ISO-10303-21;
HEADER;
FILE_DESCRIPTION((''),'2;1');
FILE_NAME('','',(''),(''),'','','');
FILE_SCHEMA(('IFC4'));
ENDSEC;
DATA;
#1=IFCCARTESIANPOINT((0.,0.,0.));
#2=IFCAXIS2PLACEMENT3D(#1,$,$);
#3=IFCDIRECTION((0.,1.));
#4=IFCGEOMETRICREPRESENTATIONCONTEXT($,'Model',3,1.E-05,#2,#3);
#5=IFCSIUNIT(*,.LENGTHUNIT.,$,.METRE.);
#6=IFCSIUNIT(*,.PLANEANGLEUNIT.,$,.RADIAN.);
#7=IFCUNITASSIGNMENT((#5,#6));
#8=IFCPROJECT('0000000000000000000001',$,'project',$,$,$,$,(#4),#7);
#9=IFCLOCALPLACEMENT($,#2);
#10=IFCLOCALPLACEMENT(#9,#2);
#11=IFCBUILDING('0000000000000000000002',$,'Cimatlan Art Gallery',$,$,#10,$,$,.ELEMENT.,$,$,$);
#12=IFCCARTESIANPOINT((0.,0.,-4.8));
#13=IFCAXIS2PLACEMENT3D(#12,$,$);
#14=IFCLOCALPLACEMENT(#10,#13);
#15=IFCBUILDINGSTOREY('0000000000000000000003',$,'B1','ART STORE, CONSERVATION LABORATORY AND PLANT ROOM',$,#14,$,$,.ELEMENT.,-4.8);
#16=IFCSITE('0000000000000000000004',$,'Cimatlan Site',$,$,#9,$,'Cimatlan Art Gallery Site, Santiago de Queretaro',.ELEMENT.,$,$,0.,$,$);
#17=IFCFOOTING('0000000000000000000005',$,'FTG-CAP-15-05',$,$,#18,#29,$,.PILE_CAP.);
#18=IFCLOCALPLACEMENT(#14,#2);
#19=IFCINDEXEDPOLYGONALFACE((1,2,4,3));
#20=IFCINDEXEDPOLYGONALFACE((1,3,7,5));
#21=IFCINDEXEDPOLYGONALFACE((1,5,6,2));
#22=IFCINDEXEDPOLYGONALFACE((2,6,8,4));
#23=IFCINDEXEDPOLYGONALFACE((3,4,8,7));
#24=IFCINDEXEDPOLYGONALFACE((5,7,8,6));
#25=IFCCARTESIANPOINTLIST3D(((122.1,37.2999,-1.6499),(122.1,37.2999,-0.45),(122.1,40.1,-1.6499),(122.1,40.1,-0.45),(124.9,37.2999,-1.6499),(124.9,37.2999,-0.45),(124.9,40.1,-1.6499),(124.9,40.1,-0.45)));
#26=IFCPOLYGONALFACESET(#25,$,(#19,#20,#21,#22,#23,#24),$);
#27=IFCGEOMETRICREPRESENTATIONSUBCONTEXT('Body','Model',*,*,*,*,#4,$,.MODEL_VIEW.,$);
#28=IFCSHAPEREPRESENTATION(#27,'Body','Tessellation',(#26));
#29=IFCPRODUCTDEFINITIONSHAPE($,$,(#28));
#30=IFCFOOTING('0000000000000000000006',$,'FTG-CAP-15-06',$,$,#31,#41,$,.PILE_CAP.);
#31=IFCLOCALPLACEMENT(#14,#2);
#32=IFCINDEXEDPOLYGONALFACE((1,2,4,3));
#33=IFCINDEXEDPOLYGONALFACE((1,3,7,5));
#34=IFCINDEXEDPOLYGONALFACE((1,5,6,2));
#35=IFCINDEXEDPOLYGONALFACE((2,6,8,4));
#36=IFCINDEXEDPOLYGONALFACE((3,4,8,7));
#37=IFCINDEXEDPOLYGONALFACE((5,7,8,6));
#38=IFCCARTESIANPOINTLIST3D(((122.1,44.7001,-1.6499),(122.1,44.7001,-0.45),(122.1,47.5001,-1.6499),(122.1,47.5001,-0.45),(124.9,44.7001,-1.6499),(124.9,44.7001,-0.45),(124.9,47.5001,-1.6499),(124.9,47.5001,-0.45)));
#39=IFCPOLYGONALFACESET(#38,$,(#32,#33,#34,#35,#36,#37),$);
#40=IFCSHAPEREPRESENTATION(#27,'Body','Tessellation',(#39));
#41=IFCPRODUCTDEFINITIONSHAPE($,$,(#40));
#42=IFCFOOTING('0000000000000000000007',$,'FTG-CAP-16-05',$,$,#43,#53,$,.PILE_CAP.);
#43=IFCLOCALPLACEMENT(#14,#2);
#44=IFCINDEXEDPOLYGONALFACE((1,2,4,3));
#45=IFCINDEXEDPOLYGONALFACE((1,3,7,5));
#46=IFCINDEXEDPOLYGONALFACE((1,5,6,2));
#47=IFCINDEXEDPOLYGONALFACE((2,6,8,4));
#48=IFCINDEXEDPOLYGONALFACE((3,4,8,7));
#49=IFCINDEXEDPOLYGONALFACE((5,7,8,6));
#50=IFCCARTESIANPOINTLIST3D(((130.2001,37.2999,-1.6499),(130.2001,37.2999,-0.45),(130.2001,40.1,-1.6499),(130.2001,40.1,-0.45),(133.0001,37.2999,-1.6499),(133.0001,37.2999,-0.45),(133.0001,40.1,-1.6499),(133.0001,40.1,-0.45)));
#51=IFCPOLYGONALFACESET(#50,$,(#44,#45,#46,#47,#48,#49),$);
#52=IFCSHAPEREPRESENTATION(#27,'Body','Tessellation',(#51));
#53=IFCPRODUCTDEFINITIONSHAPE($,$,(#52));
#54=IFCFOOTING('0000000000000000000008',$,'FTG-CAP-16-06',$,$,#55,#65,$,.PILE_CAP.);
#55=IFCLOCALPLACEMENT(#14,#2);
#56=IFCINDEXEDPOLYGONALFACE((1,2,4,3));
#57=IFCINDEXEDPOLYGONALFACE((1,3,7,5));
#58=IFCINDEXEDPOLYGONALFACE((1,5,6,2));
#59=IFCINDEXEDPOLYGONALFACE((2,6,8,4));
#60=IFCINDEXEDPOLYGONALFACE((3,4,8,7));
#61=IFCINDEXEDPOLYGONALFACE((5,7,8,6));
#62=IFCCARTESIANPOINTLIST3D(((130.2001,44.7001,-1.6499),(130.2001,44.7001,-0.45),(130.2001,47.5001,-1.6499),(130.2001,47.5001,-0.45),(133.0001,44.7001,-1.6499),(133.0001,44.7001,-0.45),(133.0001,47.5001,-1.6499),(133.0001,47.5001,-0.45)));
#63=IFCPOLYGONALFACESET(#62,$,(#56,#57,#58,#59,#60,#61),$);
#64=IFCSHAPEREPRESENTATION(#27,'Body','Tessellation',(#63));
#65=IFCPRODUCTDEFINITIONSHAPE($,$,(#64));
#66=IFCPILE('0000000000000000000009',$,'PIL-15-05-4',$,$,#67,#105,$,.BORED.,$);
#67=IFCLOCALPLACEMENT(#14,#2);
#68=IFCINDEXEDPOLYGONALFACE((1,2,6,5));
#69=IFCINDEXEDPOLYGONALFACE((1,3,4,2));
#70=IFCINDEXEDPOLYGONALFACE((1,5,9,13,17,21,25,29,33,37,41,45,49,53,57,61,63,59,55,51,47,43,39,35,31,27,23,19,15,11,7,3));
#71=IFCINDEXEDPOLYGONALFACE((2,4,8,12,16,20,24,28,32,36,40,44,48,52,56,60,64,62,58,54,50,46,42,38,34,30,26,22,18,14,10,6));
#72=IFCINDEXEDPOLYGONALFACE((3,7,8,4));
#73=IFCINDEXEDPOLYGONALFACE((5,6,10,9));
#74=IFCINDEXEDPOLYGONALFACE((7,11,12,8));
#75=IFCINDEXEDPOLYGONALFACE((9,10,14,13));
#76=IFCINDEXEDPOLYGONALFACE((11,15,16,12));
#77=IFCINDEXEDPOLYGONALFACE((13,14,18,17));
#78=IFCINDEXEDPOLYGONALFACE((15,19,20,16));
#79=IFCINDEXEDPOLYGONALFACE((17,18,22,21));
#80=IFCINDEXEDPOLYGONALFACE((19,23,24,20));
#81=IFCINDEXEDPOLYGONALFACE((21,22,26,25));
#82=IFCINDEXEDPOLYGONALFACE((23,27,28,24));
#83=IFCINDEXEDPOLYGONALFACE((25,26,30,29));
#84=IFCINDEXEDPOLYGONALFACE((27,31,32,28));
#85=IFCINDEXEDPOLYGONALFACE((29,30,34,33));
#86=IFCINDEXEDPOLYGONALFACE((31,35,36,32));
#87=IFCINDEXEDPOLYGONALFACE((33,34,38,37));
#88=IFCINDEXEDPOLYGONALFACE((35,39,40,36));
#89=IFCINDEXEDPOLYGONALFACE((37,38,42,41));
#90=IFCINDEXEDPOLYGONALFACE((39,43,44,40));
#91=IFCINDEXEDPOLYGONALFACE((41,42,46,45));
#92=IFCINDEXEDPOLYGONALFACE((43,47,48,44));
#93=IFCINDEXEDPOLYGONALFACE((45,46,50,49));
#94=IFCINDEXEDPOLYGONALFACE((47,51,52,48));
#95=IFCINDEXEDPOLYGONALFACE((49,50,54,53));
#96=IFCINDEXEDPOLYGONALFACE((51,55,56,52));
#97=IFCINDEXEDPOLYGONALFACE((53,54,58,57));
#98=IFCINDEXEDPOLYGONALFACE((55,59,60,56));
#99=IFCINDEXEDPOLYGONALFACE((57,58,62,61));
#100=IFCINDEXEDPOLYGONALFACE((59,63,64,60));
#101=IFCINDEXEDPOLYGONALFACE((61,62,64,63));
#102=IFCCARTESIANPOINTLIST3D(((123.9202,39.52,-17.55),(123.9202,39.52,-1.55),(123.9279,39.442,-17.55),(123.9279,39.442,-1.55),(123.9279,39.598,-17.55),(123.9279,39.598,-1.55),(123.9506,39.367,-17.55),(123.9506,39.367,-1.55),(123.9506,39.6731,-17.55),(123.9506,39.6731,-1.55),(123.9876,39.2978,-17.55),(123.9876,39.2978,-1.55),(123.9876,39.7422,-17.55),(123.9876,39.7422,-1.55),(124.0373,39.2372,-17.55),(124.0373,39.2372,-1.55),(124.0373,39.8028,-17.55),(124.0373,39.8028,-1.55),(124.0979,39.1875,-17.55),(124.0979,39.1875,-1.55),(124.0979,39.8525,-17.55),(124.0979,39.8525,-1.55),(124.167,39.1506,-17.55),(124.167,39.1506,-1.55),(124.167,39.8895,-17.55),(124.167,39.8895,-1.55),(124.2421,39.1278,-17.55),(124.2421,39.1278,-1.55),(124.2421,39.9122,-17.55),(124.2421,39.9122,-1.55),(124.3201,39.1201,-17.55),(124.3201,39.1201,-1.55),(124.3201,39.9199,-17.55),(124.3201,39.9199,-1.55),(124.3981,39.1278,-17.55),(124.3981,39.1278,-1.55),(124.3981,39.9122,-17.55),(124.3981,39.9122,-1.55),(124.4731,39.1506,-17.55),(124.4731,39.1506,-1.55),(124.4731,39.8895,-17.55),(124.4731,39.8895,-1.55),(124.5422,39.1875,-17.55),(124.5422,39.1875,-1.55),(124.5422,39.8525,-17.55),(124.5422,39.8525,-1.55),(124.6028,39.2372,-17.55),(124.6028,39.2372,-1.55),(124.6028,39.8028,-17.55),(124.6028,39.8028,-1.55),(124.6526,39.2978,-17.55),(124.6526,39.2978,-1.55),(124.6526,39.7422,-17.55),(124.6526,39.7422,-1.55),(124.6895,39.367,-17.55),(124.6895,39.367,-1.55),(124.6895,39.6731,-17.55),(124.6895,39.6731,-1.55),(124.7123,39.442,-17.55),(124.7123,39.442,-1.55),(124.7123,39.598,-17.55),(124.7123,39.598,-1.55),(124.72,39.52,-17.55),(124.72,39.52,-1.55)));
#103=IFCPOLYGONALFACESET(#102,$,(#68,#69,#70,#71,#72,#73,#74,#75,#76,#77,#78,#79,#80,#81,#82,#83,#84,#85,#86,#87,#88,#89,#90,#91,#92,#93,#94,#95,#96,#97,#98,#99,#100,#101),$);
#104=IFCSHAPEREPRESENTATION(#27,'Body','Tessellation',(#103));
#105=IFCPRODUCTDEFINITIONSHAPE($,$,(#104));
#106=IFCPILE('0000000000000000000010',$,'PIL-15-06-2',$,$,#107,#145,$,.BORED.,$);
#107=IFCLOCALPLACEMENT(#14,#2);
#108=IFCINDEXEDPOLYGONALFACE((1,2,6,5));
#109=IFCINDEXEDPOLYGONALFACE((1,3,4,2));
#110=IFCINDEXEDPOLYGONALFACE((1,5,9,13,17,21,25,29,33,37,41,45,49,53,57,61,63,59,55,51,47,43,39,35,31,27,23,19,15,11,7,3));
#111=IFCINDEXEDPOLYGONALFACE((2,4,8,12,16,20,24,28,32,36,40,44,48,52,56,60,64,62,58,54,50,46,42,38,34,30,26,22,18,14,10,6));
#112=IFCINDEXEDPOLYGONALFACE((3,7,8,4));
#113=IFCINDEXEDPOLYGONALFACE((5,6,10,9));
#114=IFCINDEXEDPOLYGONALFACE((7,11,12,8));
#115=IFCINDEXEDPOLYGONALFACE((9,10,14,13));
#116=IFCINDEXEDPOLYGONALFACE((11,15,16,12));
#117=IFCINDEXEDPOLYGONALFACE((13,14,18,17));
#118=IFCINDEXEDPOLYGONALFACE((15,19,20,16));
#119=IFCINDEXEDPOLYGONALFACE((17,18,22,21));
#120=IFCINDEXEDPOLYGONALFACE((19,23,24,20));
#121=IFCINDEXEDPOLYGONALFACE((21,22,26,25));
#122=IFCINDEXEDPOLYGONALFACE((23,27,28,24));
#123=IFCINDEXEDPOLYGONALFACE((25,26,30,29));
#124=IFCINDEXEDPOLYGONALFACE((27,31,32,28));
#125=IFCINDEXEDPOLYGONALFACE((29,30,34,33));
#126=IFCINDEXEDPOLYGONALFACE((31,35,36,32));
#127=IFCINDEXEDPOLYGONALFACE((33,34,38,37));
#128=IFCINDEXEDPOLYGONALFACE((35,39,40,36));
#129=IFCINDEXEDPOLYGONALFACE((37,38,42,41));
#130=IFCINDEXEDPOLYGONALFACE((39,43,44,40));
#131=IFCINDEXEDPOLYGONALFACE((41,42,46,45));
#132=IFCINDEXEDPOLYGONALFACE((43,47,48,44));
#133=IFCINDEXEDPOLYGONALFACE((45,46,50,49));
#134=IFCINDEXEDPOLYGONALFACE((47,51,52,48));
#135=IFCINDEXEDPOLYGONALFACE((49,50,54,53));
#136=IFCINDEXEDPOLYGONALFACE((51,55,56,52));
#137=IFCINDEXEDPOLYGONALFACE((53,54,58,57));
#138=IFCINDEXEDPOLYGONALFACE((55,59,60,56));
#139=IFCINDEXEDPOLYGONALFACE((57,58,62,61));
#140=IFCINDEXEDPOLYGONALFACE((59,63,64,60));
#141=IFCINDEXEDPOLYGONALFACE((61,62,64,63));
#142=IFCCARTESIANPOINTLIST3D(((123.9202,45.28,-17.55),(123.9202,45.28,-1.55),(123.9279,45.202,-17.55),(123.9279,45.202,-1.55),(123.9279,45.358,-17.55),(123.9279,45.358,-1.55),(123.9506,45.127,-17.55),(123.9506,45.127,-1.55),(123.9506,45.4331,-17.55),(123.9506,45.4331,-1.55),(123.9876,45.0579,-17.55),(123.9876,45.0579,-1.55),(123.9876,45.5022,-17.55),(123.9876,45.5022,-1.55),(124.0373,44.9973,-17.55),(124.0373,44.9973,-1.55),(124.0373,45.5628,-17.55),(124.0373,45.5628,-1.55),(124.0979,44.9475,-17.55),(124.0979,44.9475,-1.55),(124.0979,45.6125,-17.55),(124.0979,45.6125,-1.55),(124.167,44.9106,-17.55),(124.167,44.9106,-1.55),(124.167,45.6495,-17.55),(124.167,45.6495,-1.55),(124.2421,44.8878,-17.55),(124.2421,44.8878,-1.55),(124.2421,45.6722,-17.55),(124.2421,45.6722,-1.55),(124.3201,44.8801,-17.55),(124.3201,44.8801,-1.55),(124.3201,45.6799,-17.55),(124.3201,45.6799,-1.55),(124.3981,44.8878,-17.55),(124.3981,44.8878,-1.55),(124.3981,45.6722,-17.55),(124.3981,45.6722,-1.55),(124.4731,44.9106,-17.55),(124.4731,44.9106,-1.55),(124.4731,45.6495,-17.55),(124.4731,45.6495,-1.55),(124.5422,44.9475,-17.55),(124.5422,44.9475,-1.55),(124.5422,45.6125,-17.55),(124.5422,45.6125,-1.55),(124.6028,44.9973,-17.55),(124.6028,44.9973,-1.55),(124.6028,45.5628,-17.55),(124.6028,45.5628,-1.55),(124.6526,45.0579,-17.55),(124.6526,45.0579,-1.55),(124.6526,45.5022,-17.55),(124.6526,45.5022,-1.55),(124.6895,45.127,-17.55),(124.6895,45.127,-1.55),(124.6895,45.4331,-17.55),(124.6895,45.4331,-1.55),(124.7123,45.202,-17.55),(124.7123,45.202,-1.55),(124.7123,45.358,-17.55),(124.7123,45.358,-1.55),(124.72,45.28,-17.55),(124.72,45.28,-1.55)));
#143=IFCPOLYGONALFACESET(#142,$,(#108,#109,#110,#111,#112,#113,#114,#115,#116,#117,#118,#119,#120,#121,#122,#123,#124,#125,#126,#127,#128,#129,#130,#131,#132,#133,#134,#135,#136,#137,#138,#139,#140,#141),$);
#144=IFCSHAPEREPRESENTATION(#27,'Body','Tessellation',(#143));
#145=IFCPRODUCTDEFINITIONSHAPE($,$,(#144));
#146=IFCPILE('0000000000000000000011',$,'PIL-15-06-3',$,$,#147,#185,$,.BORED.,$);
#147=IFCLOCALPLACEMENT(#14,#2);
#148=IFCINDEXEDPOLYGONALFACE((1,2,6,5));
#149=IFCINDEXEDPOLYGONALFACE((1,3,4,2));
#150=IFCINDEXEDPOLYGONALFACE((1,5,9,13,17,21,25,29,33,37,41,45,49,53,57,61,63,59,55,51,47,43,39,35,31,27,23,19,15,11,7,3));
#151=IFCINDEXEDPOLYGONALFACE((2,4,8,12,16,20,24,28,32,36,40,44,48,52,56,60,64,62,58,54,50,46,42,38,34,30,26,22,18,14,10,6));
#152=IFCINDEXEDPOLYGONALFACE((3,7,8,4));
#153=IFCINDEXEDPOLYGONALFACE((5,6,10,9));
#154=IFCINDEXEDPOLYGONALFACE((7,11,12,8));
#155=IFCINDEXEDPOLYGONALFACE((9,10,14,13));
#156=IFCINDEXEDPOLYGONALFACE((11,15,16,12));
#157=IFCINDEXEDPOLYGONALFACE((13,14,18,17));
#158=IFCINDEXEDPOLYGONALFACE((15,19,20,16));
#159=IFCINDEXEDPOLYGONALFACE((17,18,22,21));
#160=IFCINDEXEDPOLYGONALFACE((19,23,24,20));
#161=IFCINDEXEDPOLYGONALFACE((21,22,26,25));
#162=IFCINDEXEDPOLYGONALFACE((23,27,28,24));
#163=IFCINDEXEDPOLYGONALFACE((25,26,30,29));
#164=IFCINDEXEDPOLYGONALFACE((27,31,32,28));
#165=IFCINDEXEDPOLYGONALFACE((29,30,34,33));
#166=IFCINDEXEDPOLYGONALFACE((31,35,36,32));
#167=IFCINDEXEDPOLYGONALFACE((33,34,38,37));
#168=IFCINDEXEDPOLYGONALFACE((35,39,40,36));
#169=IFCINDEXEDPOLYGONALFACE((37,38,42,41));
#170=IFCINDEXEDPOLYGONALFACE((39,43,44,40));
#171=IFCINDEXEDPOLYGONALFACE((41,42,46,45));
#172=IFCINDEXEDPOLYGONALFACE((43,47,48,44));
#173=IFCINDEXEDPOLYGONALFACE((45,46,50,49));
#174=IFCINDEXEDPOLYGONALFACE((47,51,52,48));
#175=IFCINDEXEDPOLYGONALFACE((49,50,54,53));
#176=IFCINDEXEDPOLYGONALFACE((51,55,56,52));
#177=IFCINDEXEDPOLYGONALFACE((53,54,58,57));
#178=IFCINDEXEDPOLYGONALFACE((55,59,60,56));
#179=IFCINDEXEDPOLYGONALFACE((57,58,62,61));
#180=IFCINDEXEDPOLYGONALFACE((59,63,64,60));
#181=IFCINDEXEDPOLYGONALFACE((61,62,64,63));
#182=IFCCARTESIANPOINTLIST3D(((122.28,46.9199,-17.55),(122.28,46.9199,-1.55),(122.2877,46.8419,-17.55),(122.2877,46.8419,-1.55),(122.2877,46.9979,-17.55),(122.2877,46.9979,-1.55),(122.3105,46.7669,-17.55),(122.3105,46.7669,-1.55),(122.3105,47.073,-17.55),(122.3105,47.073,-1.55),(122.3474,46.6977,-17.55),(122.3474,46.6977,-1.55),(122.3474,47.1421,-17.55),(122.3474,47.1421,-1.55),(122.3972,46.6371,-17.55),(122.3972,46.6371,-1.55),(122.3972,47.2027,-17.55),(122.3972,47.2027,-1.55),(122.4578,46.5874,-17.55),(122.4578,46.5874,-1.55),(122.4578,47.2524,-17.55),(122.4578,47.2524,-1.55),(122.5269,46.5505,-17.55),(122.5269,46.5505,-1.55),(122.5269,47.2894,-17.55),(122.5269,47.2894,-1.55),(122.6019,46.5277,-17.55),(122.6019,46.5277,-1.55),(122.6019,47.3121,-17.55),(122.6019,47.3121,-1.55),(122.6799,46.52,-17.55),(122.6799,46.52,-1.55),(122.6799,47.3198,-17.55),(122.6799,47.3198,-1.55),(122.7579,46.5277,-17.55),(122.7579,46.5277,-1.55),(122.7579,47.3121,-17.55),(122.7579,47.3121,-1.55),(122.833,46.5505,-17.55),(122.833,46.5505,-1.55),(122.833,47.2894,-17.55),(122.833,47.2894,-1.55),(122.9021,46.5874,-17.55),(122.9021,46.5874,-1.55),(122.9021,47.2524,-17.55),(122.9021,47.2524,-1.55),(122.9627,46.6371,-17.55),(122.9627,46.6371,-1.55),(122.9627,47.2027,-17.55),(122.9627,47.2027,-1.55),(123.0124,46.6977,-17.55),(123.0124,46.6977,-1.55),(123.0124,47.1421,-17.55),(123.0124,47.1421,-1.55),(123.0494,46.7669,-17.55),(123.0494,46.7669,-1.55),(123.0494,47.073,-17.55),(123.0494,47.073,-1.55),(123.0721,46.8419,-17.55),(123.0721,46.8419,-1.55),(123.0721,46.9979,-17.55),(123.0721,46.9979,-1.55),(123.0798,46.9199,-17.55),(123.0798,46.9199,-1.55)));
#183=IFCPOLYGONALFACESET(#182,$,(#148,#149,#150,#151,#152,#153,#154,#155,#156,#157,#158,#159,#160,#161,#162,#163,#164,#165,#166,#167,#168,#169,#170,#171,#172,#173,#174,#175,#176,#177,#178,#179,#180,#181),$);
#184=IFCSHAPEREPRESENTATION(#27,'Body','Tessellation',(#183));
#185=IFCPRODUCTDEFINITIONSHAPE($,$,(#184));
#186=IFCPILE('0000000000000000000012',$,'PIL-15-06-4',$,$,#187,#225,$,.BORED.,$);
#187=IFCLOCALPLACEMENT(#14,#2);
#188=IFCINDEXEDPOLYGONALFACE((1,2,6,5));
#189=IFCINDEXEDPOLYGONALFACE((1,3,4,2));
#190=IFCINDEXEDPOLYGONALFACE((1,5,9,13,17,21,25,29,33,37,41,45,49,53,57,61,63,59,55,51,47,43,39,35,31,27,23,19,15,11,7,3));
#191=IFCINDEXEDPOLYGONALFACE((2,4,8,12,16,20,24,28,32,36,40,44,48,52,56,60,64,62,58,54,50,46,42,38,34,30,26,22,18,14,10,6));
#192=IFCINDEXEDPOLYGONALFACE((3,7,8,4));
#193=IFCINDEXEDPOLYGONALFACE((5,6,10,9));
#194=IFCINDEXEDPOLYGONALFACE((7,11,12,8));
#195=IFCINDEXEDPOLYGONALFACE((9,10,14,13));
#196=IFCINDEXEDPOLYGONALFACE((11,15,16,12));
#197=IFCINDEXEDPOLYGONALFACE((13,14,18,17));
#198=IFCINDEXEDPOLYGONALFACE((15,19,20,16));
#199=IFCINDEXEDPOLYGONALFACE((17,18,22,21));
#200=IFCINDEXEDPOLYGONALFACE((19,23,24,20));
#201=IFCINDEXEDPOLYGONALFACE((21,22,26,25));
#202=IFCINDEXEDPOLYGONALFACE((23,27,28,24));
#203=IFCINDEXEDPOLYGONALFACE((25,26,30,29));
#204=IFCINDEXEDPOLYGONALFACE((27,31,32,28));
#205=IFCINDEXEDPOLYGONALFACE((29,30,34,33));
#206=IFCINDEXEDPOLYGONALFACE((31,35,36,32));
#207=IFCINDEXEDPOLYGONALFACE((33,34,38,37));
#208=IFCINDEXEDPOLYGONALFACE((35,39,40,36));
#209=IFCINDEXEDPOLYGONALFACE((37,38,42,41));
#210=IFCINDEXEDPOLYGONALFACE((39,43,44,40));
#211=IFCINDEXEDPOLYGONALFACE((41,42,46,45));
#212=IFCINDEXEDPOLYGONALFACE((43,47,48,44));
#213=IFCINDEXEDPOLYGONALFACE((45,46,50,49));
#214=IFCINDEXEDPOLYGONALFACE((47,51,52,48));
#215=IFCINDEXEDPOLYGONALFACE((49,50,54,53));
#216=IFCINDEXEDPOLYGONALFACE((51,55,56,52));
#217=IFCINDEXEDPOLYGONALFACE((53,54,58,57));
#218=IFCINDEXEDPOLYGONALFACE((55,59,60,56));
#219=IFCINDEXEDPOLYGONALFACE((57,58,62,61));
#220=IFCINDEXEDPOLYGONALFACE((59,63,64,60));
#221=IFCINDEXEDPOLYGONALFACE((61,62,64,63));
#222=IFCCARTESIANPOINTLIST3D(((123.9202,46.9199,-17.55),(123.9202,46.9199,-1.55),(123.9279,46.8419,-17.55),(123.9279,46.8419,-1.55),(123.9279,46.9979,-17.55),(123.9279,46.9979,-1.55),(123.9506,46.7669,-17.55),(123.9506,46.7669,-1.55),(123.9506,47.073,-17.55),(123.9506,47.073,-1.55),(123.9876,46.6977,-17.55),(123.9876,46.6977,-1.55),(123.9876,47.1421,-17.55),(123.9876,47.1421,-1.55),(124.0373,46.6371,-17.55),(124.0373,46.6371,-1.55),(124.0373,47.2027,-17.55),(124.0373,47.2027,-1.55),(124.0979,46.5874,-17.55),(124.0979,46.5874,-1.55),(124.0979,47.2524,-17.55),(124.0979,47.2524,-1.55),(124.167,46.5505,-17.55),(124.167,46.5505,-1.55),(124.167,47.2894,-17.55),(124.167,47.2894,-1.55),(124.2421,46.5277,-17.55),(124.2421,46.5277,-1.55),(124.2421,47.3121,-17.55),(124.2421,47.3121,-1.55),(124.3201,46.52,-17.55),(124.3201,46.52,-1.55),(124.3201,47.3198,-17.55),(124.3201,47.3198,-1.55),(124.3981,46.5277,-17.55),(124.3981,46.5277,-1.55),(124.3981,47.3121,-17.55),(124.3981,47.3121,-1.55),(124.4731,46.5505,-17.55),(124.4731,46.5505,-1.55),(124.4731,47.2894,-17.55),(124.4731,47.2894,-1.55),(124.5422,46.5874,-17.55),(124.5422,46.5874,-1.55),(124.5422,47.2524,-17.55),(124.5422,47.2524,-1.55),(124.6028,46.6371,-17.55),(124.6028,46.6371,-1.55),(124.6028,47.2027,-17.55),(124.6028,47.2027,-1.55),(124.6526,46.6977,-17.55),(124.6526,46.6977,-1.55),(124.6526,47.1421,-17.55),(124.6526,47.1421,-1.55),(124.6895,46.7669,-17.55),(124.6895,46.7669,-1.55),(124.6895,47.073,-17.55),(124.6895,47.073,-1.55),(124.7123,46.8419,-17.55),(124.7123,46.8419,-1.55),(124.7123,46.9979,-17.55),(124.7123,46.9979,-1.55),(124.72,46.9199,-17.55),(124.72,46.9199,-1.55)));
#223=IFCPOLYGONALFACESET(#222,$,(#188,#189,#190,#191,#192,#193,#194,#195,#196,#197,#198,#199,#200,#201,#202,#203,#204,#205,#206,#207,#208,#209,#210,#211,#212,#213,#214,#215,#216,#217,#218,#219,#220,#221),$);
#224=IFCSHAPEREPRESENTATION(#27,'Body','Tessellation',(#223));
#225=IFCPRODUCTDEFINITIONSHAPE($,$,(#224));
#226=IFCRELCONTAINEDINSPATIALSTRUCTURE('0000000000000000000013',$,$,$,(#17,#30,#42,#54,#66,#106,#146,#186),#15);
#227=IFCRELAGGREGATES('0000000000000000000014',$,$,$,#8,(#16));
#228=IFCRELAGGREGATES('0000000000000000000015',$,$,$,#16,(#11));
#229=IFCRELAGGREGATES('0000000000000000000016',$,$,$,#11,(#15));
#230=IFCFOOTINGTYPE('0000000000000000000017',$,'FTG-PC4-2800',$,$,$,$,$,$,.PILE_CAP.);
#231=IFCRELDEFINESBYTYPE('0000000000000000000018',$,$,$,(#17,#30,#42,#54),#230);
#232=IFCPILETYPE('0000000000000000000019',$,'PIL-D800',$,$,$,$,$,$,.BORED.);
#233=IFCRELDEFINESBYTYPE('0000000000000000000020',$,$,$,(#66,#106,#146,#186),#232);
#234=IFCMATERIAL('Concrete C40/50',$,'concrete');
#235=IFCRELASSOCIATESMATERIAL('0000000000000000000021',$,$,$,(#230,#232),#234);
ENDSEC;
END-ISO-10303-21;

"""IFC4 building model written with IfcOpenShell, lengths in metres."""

from ifc_helpers import new_model, si_unit, direction, frame, origin, origin_2d, place, context, subcontext, project, spatial, rectangle, circle, extrude, material, type_object, element, save


model = new_model("IFC4")

# Units and contexts
model_context = context("Model", 3, precision=1e-05, world=origin(), true_north=direction((0.0, 1.0)))
body_context = subcontext(model_context, "Body", "Model", "MODEL_VIEW")
ifc_project = project(units=[si_unit("LENGTHUNIT", "METRE"), si_unit("PLANEANGLEUNIT", "RADIAN")], contexts=[model_context])

# Site, building, storey
site_placement = place(None, origin())
site = spatial("IfcSite", under=ifc_project, at=site_placement, Name="Cimatlan Site", LongName="Cimatlan Art Gallery Site, Santiago de Queretaro", CompositionType="ELEMENT", RefElevation=0.0)
building_placement = place(site_placement, origin())
building = spatial("IfcBuilding", under=site, at=building_placement, Name="Cimatlan Art Gallery", CompositionType="ELEMENT")
storey_placement = place(building_placement, frame((0.0, 0.0, -4.8)))
storey = spatial("IfcBuildingStorey", under=building, at=storey_placement, Name="B1", Description="ART STORE, CONSERVATION LABORATORY AND PLANT ROOM", CompositionType="ELEMENT", Elevation=-4.8)

# Footings
ifc_material_1 = material(Name="Concrete C40/50", Category="concrete")
footing_type = type_object("IfcFootingType", Name="FTG-PC4-2800", PredefinedType="PILE_CAP", material=ifc_material_1)
for number, where, z_axis, x_axis, name in (
    (1, (123.5, 38.7, -1.6499), (0.0, 0.0, 1.0), (1.0, 0.0, 0.0), "FTG-CAP-15-05"),
    (2, (123.5, 46.1001, -1.6499), (0.0, 0.0, 1.0), (1.0, 0.0, 0.0), "FTG-CAP-15-06"),
    (3, (131.6001, 38.7, -1.6499), (0.0, 0.0, 1.0), (1.0, 0.0, 0.0), "FTG-CAP-16-05"),
    (4, (131.6001, 46.1001, -1.6499), (0.0, 0.0, 1.0), (1.0, 0.0, 0.0), "FTG-CAP-16-06"),
):
    element("IfcFooting", number, at=place(storey_placement, frame(where, z_axis=z_axis, x_axis=x_axis)), inside=storey, type_object=footing_type, Name=name, PredefinedType="PILE_CAP", context=body_context, shape_type="SweptSolid", body=[
        extrude(rectangle(XDim=2.8, YDim=2.8, at=origin_2d()), origin(), (0.0, 0.0, 1.0), 1.2),
    ])

# Piles
pile_type = type_object("IfcPileType", Name="PIL-D800", PredefinedType="BORED", material=ifc_material_1)
for number, where, z_axis, x_axis, name in (
    (5, (124.3201, 39.52, -1.55), (0.0, 0.0, -1.0), (1.0, 0.0, 0.0), "PIL-15-05-4"),
    (6, (124.3201, 45.28, -1.55), (0.0, 0.0, -1.0), (1.0, 0.0, 0.0), "PIL-15-06-2"),
    (7, (122.6799, 46.9199, -1.55), (0.0, 0.0, -1.0), (1.0, 0.0, 0.0), "PIL-15-06-3"),
    (8, (124.3201, 46.9199, -1.55), (0.0, 0.0, -1.0), (1.0, 0.0, 0.0), "PIL-15-06-4"),
):
    element("IfcPile", number, at=place(storey_placement, frame(where, z_axis=z_axis, x_axis=x_axis)), inside=storey, type_object=pile_type, Name=name, PredefinedType="BORED", context=body_context, shape_type="SweptSolid", body=[
        extrude(circle(Radius=0.3999, at=origin_2d()), origin(), (0.0, 0.0, 1.0), 16.0),
    ])

save(model, "model.ifc")
